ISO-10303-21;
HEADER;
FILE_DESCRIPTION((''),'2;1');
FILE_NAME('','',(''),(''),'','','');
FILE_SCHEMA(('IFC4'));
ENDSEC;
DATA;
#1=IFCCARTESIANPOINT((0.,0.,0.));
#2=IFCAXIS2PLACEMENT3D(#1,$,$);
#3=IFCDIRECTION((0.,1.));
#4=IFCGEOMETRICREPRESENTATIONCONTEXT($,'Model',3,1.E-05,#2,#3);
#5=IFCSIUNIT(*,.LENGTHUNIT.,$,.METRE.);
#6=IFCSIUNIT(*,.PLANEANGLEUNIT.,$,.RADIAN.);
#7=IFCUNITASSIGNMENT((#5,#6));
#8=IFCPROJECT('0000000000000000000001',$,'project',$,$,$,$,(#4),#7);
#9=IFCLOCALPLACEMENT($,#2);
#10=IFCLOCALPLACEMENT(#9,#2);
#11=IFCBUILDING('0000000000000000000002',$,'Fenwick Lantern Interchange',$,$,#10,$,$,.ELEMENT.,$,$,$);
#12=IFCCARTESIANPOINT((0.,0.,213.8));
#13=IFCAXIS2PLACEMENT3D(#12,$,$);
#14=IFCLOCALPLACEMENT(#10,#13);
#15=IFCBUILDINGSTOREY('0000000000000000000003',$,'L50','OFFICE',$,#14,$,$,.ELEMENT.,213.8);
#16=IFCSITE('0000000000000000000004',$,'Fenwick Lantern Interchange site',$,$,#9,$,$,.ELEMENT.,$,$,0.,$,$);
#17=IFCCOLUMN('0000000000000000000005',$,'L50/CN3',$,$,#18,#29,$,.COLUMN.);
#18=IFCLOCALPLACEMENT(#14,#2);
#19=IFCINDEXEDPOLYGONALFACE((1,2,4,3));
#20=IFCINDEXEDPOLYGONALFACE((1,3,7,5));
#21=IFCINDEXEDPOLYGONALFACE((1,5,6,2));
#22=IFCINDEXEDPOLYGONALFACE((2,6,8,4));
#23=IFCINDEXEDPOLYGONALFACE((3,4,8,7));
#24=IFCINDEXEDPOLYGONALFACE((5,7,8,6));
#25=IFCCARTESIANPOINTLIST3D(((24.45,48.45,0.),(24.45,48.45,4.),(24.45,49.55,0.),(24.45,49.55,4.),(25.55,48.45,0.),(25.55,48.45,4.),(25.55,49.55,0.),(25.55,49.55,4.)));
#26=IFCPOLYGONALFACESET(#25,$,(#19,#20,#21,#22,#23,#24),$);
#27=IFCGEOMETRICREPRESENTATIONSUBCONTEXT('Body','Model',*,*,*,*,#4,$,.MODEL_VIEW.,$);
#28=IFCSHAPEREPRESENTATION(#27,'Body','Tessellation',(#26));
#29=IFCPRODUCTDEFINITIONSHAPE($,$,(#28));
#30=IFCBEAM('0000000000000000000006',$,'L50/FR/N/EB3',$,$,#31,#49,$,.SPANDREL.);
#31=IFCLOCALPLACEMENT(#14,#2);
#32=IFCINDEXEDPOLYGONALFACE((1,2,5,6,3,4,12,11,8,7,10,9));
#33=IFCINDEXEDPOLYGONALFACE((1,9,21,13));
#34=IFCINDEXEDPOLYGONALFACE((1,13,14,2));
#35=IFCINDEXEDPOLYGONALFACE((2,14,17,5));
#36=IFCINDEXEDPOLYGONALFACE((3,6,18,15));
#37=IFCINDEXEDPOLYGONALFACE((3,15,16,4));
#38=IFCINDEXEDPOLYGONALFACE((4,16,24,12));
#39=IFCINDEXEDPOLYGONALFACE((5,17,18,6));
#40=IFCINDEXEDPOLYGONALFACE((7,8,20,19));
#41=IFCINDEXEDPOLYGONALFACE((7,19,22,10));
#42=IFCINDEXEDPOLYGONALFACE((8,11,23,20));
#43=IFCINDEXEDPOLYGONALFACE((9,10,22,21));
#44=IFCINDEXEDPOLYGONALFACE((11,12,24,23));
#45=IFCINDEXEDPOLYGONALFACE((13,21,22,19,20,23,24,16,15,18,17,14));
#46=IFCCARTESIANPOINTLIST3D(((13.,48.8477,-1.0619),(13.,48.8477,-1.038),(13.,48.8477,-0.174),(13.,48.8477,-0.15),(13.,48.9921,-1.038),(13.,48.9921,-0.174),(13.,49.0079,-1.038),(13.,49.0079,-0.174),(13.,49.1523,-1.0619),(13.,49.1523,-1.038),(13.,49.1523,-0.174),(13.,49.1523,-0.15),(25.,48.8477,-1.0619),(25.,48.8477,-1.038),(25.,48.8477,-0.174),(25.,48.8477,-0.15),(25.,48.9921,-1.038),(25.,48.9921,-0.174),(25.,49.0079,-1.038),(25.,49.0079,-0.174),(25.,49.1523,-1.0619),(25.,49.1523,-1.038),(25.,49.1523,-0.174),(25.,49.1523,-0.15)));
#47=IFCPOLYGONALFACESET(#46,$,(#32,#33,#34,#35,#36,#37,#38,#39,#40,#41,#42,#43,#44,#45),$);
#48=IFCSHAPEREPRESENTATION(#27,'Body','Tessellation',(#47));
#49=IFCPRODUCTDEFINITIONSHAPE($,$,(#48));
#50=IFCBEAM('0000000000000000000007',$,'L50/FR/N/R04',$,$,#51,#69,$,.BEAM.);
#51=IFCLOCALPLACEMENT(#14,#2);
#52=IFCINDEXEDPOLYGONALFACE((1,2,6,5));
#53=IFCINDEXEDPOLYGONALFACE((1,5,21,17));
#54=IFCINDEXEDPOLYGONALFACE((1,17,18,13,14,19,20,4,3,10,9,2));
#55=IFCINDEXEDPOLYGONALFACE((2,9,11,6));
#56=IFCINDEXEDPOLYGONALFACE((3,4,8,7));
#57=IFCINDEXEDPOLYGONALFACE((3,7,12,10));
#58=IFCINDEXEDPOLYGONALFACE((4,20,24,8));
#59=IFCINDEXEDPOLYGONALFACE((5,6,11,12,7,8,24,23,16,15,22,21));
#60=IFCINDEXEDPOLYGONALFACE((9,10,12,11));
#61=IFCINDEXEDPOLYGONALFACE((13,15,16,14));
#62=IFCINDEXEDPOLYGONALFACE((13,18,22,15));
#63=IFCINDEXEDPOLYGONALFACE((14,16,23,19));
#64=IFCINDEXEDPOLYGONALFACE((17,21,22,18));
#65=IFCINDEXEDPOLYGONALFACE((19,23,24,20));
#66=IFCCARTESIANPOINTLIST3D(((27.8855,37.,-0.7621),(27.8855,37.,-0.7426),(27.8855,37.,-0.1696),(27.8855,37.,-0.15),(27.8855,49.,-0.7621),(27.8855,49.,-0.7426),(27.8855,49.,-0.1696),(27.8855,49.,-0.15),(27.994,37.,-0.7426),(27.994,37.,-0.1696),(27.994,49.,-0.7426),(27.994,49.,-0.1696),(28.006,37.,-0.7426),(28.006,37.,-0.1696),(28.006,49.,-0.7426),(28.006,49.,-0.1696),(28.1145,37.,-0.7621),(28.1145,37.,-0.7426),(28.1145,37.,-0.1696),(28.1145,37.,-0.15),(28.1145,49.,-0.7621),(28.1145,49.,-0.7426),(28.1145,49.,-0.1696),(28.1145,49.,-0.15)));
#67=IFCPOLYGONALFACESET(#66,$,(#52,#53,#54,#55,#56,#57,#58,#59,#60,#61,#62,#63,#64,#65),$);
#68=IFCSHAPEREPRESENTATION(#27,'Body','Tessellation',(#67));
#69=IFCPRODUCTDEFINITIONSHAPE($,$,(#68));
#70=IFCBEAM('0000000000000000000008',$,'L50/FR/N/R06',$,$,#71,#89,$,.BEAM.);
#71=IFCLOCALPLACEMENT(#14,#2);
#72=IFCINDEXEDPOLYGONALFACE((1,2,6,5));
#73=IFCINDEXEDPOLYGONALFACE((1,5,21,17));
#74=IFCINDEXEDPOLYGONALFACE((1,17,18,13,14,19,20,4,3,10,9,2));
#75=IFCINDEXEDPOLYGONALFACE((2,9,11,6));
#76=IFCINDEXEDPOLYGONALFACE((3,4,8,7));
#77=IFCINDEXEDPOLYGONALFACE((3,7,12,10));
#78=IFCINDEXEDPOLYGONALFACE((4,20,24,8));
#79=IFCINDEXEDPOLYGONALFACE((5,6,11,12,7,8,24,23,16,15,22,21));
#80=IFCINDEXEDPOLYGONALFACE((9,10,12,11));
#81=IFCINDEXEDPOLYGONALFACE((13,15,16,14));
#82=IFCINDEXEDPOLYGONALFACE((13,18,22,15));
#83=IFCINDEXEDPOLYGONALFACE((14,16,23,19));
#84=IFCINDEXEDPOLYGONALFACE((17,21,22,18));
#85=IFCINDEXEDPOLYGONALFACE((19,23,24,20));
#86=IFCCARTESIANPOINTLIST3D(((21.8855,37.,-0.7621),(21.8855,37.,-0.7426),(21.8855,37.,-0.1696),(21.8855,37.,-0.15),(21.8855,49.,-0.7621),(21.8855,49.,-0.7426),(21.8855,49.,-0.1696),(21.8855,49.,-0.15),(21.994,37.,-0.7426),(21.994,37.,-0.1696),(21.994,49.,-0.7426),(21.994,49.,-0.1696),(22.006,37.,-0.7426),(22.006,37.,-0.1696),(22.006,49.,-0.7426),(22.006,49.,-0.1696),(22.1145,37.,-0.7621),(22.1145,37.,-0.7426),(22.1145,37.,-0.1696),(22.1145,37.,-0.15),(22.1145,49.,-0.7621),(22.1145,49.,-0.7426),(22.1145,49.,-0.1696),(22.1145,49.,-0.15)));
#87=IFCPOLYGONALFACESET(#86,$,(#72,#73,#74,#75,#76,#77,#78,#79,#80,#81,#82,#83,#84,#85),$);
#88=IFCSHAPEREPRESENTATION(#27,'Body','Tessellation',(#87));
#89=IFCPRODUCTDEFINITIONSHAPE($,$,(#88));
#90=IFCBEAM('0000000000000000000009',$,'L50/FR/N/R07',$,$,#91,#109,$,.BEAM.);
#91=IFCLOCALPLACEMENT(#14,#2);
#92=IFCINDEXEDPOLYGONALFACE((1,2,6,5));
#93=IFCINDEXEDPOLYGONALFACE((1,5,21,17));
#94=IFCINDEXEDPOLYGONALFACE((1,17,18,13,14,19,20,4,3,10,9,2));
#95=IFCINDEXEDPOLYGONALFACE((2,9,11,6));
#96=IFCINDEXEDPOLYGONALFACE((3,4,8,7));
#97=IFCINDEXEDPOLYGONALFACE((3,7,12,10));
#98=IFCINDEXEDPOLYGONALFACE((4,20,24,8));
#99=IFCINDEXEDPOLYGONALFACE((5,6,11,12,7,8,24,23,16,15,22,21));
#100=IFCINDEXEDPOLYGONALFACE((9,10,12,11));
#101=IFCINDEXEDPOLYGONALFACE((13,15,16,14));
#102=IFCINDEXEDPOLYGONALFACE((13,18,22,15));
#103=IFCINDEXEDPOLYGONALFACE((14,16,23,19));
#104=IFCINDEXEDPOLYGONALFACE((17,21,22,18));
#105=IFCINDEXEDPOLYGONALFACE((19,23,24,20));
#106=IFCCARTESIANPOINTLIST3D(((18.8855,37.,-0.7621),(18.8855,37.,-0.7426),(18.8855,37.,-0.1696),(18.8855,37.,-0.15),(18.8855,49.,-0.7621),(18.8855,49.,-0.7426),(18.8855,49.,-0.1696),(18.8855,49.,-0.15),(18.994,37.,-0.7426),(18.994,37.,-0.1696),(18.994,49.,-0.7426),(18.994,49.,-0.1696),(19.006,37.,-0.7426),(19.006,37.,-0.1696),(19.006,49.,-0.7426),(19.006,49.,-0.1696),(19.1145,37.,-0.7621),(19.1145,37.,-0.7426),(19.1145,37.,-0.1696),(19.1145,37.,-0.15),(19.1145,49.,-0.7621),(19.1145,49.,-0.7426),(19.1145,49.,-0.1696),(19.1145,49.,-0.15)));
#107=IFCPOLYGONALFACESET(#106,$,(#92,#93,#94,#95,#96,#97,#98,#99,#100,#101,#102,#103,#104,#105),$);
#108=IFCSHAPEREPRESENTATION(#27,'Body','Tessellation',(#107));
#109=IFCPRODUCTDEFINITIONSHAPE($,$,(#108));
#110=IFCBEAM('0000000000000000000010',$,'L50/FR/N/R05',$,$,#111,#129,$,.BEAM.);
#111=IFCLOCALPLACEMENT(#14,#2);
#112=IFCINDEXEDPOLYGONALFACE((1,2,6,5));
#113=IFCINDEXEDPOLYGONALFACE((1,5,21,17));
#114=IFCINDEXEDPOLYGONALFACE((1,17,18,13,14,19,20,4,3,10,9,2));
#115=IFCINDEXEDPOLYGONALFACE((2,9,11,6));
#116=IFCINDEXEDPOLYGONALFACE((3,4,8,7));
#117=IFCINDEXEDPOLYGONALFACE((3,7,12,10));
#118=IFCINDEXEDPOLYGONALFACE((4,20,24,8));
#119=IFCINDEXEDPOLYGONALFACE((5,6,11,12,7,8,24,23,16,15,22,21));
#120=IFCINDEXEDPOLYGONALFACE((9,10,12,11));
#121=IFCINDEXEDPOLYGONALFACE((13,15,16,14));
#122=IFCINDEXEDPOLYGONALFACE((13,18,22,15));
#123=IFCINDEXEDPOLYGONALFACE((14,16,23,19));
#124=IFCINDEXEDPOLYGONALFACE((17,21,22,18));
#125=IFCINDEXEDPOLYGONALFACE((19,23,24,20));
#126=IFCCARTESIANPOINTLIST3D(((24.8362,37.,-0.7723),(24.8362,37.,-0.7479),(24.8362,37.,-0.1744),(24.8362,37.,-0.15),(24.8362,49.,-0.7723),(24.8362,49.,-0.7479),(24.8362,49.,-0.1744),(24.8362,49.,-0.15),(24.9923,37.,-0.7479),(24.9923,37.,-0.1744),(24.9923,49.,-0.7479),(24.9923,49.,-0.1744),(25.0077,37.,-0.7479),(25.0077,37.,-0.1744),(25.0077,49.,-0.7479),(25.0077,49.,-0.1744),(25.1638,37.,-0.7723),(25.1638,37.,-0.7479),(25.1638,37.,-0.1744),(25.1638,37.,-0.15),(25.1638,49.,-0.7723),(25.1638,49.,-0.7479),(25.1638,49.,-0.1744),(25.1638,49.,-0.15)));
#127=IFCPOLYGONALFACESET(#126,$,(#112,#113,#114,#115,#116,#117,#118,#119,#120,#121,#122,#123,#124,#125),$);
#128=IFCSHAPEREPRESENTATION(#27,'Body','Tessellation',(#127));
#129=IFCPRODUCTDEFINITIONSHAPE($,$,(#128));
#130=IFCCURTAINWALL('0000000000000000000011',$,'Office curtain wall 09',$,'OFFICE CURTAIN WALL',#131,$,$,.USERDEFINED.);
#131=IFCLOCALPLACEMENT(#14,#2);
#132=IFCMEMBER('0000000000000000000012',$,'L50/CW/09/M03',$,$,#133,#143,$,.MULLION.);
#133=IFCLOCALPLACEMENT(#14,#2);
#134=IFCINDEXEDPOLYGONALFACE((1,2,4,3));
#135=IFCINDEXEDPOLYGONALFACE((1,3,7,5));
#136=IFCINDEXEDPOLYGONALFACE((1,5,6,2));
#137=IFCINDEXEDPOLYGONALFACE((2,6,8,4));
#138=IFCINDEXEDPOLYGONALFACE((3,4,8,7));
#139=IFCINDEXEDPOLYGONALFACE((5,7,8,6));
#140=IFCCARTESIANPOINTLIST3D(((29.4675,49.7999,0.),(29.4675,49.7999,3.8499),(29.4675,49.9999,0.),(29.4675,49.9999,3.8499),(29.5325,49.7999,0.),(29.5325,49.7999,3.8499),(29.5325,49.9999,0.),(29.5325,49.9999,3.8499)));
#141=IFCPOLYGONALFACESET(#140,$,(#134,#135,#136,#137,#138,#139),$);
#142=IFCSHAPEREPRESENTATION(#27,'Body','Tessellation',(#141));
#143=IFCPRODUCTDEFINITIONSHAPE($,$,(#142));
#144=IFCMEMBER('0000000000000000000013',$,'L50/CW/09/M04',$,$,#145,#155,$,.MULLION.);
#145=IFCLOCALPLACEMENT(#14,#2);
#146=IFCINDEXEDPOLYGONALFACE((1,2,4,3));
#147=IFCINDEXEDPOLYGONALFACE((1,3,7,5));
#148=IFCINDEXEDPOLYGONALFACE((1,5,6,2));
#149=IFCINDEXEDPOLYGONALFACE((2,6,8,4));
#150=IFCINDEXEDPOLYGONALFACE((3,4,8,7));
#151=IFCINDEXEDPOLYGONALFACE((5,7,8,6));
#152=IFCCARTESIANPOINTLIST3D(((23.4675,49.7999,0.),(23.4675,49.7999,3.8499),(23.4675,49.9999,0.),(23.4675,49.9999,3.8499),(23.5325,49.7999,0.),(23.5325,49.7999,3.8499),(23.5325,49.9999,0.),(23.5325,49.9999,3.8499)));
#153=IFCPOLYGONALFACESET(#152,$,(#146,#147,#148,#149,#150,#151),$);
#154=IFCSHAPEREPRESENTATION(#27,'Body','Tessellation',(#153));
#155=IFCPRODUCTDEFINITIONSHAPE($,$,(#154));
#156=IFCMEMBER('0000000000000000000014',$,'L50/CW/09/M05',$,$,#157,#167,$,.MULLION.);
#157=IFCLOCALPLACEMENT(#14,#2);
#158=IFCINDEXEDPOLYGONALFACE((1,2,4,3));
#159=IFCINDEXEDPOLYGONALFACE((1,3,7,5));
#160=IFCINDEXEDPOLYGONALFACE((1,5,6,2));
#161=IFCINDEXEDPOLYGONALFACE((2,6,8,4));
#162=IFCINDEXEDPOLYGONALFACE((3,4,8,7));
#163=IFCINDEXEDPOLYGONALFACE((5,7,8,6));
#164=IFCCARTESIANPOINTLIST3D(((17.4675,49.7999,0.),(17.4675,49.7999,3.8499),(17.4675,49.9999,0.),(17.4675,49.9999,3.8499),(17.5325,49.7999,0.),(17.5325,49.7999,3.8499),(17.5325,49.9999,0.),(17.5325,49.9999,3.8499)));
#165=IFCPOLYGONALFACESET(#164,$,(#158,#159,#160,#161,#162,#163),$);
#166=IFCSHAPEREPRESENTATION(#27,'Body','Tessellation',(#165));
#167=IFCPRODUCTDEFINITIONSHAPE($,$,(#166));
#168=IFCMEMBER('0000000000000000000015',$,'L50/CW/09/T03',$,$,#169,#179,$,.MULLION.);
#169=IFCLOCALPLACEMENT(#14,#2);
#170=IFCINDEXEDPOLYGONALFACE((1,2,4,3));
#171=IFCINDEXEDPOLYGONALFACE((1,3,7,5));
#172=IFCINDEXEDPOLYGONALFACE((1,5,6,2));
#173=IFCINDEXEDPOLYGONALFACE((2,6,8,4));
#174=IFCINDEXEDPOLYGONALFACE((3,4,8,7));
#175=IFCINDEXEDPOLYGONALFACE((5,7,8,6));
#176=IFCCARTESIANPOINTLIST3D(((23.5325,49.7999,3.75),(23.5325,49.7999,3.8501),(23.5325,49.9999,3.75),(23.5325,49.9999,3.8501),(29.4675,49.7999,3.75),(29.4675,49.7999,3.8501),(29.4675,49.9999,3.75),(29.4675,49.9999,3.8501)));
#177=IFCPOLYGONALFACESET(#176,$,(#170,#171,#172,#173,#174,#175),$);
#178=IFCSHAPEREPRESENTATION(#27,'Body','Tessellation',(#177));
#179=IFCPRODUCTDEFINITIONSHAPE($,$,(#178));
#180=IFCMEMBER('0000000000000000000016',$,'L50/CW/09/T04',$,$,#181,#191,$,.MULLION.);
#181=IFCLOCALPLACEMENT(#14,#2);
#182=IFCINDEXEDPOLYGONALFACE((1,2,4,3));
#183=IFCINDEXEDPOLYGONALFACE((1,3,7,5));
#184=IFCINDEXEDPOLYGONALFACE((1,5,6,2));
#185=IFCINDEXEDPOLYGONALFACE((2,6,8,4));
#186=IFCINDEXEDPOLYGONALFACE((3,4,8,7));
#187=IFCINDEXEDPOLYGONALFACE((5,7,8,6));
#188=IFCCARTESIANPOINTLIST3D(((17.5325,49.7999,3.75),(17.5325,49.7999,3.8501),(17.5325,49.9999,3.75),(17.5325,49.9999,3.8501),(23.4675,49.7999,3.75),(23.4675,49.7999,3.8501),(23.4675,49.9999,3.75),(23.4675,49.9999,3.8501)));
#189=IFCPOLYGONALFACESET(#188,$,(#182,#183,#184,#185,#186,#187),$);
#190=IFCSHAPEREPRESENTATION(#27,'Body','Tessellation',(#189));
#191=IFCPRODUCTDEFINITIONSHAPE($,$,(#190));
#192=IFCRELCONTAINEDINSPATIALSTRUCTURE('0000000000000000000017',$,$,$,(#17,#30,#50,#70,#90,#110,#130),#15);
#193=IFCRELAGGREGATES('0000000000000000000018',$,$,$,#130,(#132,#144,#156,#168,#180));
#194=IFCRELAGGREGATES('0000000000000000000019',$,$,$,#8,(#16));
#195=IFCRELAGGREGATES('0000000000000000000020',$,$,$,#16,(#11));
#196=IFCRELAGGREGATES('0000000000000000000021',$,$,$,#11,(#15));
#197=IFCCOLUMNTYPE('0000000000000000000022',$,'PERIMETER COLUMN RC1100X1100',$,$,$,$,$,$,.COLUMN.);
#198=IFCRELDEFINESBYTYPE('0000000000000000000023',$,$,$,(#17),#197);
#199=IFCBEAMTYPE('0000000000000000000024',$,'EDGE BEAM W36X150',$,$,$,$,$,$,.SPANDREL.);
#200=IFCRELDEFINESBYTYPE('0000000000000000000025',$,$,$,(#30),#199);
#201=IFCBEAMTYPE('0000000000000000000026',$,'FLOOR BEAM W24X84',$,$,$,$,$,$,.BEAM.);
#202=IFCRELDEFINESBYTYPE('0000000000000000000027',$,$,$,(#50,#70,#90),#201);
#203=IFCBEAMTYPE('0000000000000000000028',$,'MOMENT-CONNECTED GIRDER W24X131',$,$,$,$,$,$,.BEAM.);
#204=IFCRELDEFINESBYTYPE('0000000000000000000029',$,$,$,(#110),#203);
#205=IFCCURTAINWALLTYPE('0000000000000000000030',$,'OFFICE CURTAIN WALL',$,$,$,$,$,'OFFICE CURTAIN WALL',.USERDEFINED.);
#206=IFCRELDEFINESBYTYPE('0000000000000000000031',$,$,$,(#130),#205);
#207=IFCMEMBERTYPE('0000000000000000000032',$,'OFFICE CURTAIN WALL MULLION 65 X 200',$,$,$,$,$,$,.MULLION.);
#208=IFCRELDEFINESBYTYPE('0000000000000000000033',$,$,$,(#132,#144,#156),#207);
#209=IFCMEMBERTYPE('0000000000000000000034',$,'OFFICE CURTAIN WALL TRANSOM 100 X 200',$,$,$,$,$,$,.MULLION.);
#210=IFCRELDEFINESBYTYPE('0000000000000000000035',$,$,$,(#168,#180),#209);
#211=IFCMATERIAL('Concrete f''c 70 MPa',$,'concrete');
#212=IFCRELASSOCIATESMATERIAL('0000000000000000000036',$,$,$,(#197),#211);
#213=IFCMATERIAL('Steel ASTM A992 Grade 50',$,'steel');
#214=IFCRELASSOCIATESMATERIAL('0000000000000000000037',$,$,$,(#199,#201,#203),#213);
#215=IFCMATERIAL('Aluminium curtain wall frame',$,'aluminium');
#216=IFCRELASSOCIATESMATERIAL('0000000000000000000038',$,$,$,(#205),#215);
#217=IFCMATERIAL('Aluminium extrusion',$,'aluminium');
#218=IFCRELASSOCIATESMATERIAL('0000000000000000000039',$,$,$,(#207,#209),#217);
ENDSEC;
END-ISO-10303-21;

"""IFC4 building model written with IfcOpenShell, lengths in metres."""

from ifc_helpers import new_model, si_unit, direction, frame, origin, origin_2d, place, context, subcontext, project, spatial, rectangle, i_section, extrude, material, material_profile, profile_set, type_object, element, aggregate, save


model = new_model("IFC4")

# Units and contexts
model_context = context("Model", 3, precision=1e-05, world=origin(), true_north=direction((0.0, 1.0)))
body_context = subcontext(model_context, "Body", "Model", "MODEL_VIEW")
ifc_project = project(units=[si_unit("LENGTHUNIT", "METRE"), si_unit("PLANEANGLEUNIT", "RADIAN")], contexts=[model_context])

# Site, building, storey
site_placement = place(None, origin())
site = spatial("IfcSite", under=ifc_project, at=site_placement, Name="Fenwick Lantern Interchange site", CompositionType="ELEMENT", RefElevation=0.0)
building_placement = place(site_placement, origin())
building = spatial("IfcBuilding", under=site, at=building_placement, Name="Fenwick Lantern Interchange", CompositionType="ELEMENT")
storey_placement = place(building_placement, frame((0.0, 0.0, 213.8)))
storey = spatial("IfcBuildingStorey", under=building, at=storey_placement, Name="L50", Description="OFFICE", CompositionType="ELEMENT", Elevation=213.8)

# Column
ifc_material_1 = material(Name="Concrete f'c 70 MPa", Category="concrete")
ifc_material_profile_1 = material_profile(ifc_material_1, rectangle(XDim=1.1001, YDim=1.1001, at=origin_2d()), Name="RC1100X1100")
ifc_profile_set_1 = profile_set([ifc_material_profile_1], Name="Concrete f'c 70 MPa")
column_type = type_object("IfcColumnType", Name="PERIMETER COLUMN RC1100X1100", PredefinedType="COLUMN", material=ifc_profile_set_1)
column_placement = place(storey_placement, frame((25.0, 49.0, 0.0), z_axis=(0.0, 0.0, 1.0), x_axis=(1.0, 0.0, 0.0)))
element("IfcColumn", 1, at=column_placement, inside=storey, type_object=column_type, Name="L50/CN3", PredefinedType="COLUMN", context=body_context, shape_type="SweptSolid", body=[
    extrude(rectangle(XDim=1.1001, YDim=1.1001, at=origin_2d()), origin(), (0.0, 0.0, 1.0), 4.0),
])

# Beams
ifc_material_2 = material(Name="Steel ASTM A992 Grade 50", Category="steel")
ifc_material_profile_2 = material_profile(ifc_material_2, i_section(OverallWidth=0.3047, OverallDepth=0.9119, WebThickness=0.0159, FlangeThickness=0.0239, at=origin_2d()), Name="W36X150")
ifc_profile_set_2 = profile_set([ifc_material_profile_2], Name="Steel ASTM A992 Grade 50")
beam_type_1 = type_object("IfcBeamType", Name="EDGE BEAM W36X150", PredefinedType="SPANDREL", material=ifc_profile_set_2)
beam_1_placement = place(storey_placement, frame((25.0, 49.0, -0.606), z_axis=(-1.0, 0.0, 0.0), x_axis=(0.0, -1.0, 0.0)))
element("IfcBeam", 2, at=beam_1_placement, inside=storey, type_object=beam_type_1, Name="L50/FR/N/EB3", PredefinedType="SPANDREL", context=body_context, shape_type="SweptSolid", body=[
    extrude(i_section(OverallWidth=0.3047, OverallDepth=0.9119, WebThickness=0.0159, FlangeThickness=0.0239, at=origin_2d()), origin(), (0.0, 0.0, 1.0), 12.0),
])
ifc_material_profile_3 = material_profile(ifc_material_2, i_section(OverallWidth=0.229, OverallDepth=0.6121, WebThickness=0.012, FlangeThickness=0.0195, at=origin_2d()), Name="W24X84")
ifc_profile_set_3 = profile_set([ifc_material_profile_3], Name="Steel ASTM A992 Grade 50")
beam_type_2 = type_object("IfcBeamType", Name="FLOOR BEAM W24X84", PredefinedType="BEAM", material=ifc_profile_set_3)
for number, where, z_axis, x_axis, name in (
    (3, (28.0, 49.0, -0.4561), (0.0, -1.0, 0.0), (1.0, 0.0, 0.0), "L50/FR/N/R04"),
    (4, (22.0, 49.0, -0.4561), (0.0, -1.0, 0.0), (1.0, 0.0, 0.0), "L50/FR/N/R06"),
    (5, (19.0, 49.0, -0.4561), (0.0, -1.0, 0.0), (1.0, 0.0, 0.0), "L50/FR/N/R07"),
):
    element("IfcBeam", number, at=place(storey_placement, frame(where, z_axis=z_axis, x_axis=x_axis)), inside=storey, type_object=beam_type_2, Name=name, PredefinedType="BEAM", context=body_context, shape_type="SweptSolid", body=[
        extrude(i_section(OverallWidth=0.229, OverallDepth=0.6121, WebThickness=0.012, FlangeThickness=0.0195, at=origin_2d()), origin(), (0.0, 0.0, 1.0), 12.0),
    ])
ifc_material_profile_4 = material_profile(ifc_material_2, i_section(OverallWidth=0.3276, OverallDepth=0.6223, WebThickness=0.0154, FlangeThickness=0.0244, at=origin_2d()), Name="W24X131")
ifc_profile_set_4 = profile_set([ifc_material_profile_4], Name="Steel ASTM A992 Grade 50")
beam_type_3 = type_object("IfcBeamType", Name="MOMENT-CONNECTED GIRDER W24X131", PredefinedType="BEAM", material=ifc_profile_set_4)
beam_2_placement = place(storey_placement, frame((25.0, 49.0, -0.4612), z_axis=(0.0, -1.0, 0.0), x_axis=(1.0, 0.0, 0.0)))
element("IfcBeam", 6, at=beam_2_placement, inside=storey, type_object=beam_type_3, Name="L50/FR/N/R05", PredefinedType="BEAM", context=body_context, shape_type="SweptSolid", body=[
    extrude(i_section(OverallWidth=0.3276, OverallDepth=0.6223, WebThickness=0.0154, FlangeThickness=0.0244, at=origin_2d()), origin(), (0.0, 0.0, 1.0), 12.0),
])

# Curtain wall, members
ifc_material_3 = material(Name="Aluminium curtain wall frame", Category="aluminium")
curtain_wall_type = type_object("IfcCurtainWallType", Name="OFFICE CURTAIN WALL", ElementType="OFFICE CURTAIN WALL", PredefinedType="USERDEFINED", material=ifc_material_3)
curtain_wall_placement = place(storey_placement, origin())
curtain_wall = element("IfcCurtainWall", 7, at=curtain_wall_placement, inside=storey, type_object=curtain_wall_type, Name="Office curtain wall 09", ObjectType="OFFICE CURTAIN WALL", PredefinedType="USERDEFINED")
ifc_material_4 = material(Name="Aluminium extrusion", Category="aluminium")
ifc_material_profile_5 = material_profile(ifc_material_4, rectangle(XDim=0.2, YDim=0.0649, at=origin_2d()), Name="OFFICE CURTAIN WALL MULLION 65 X 200")
ifc_profile_set_5 = profile_set([ifc_material_profile_5], Name="Aluminium extrusion")
member_type_1 = type_object("IfcMemberType", Name="OFFICE CURTAIN WALL MULLION 65 X 200", PredefinedType="MULLION", material=ifc_profile_set_5)
member_1_placement = place(storey_placement, frame((29.5, 49.8999, 0.0), z_axis=(0.0, 0.0, 1.0), x_axis=(0.0, -1.0, 0.0)))
member_1 = element("IfcMember", 8, at=member_1_placement, type_object=member_type_1, Name="L50/CW/09/M03", PredefinedType="MULLION", context=body_context, shape_type="SweptSolid", body=[
    extrude(rectangle(XDim=0.2, YDim=0.0649, at=origin_2d()), origin(), (0.0, 0.0, 1.0), 3.8499),
])
member_2_placement = place(storey_placement, frame((23.5, 49.8999, 0.0), z_axis=(0.0, 0.0, 1.0), x_axis=(0.0, -1.0, 0.0)))
member_2 = element("IfcMember", 9, at=member_2_placement, type_object=member_type_1, Name="L50/CW/09/M04", PredefinedType="MULLION", context=body_context, shape_type="SweptSolid", body=[
    extrude(rectangle(XDim=0.2, YDim=0.0649, at=origin_2d()), origin(), (0.0, 0.0, 1.0), 3.8499),
])
member_3_placement = place(storey_placement, frame((17.5, 49.8999, 0.0), z_axis=(0.0, 0.0, 1.0), x_axis=(0.0, -1.0, 0.0)))
member_3 = element("IfcMember", 10, at=member_3_placement, type_object=member_type_1, Name="L50/CW/09/M05", PredefinedType="MULLION", context=body_context, shape_type="SweptSolid", body=[
    extrude(rectangle(XDim=0.2, YDim=0.0649, at=origin_2d()), origin(), (0.0, 0.0, 1.0), 3.8499),
])
ifc_material_profile_6 = material_profile(ifc_material_4, rectangle(XDim=0.2, YDim=0.1001, at=origin_2d()), Name="OFFICE CURTAIN WALL TRANSOM 100 X 200")
ifc_profile_set_6 = profile_set([ifc_material_profile_6], Name="Aluminium extrusion")
member_type_2 = type_object("IfcMemberType", Name="OFFICE CURTAIN WALL TRANSOM 100 X 200", PredefinedType="MULLION", material=ifc_profile_set_6)
member_4_placement = place(storey_placement, frame((29.4675, 49.8999, 3.8), z_axis=(-1.0, 0.0, 0.0), x_axis=(0.0, -1.0, 0.0)))
member_4 = element("IfcMember", 11, at=member_4_placement, type_object=member_type_2, Name="L50/CW/09/T03", PredefinedType="MULLION", context=body_context, shape_type="SweptSolid", body=[
    extrude(rectangle(XDim=0.2, YDim=0.1001, at=origin_2d()), origin(), (0.0, 0.0, 1.0), 5.9351),
])
member_5_placement = place(storey_placement, frame((23.4675, 49.8999, 3.8), z_axis=(-1.0, 0.0, 0.0), x_axis=(0.0, -1.0, 0.0)))
member_5 = element("IfcMember", 12, at=member_5_placement, type_object=member_type_2, Name="L50/CW/09/T04", PredefinedType="MULLION", context=body_context, shape_type="SweptSolid", body=[
    extrude(rectangle(XDim=0.2, YDim=0.1001, at=origin_2d()), origin(), (0.0, 0.0, 1.0), 5.9351),
])
aggregate(curtain_wall, [member_1, member_2, member_3, member_4, member_5])

save(model, "model.ifc")
